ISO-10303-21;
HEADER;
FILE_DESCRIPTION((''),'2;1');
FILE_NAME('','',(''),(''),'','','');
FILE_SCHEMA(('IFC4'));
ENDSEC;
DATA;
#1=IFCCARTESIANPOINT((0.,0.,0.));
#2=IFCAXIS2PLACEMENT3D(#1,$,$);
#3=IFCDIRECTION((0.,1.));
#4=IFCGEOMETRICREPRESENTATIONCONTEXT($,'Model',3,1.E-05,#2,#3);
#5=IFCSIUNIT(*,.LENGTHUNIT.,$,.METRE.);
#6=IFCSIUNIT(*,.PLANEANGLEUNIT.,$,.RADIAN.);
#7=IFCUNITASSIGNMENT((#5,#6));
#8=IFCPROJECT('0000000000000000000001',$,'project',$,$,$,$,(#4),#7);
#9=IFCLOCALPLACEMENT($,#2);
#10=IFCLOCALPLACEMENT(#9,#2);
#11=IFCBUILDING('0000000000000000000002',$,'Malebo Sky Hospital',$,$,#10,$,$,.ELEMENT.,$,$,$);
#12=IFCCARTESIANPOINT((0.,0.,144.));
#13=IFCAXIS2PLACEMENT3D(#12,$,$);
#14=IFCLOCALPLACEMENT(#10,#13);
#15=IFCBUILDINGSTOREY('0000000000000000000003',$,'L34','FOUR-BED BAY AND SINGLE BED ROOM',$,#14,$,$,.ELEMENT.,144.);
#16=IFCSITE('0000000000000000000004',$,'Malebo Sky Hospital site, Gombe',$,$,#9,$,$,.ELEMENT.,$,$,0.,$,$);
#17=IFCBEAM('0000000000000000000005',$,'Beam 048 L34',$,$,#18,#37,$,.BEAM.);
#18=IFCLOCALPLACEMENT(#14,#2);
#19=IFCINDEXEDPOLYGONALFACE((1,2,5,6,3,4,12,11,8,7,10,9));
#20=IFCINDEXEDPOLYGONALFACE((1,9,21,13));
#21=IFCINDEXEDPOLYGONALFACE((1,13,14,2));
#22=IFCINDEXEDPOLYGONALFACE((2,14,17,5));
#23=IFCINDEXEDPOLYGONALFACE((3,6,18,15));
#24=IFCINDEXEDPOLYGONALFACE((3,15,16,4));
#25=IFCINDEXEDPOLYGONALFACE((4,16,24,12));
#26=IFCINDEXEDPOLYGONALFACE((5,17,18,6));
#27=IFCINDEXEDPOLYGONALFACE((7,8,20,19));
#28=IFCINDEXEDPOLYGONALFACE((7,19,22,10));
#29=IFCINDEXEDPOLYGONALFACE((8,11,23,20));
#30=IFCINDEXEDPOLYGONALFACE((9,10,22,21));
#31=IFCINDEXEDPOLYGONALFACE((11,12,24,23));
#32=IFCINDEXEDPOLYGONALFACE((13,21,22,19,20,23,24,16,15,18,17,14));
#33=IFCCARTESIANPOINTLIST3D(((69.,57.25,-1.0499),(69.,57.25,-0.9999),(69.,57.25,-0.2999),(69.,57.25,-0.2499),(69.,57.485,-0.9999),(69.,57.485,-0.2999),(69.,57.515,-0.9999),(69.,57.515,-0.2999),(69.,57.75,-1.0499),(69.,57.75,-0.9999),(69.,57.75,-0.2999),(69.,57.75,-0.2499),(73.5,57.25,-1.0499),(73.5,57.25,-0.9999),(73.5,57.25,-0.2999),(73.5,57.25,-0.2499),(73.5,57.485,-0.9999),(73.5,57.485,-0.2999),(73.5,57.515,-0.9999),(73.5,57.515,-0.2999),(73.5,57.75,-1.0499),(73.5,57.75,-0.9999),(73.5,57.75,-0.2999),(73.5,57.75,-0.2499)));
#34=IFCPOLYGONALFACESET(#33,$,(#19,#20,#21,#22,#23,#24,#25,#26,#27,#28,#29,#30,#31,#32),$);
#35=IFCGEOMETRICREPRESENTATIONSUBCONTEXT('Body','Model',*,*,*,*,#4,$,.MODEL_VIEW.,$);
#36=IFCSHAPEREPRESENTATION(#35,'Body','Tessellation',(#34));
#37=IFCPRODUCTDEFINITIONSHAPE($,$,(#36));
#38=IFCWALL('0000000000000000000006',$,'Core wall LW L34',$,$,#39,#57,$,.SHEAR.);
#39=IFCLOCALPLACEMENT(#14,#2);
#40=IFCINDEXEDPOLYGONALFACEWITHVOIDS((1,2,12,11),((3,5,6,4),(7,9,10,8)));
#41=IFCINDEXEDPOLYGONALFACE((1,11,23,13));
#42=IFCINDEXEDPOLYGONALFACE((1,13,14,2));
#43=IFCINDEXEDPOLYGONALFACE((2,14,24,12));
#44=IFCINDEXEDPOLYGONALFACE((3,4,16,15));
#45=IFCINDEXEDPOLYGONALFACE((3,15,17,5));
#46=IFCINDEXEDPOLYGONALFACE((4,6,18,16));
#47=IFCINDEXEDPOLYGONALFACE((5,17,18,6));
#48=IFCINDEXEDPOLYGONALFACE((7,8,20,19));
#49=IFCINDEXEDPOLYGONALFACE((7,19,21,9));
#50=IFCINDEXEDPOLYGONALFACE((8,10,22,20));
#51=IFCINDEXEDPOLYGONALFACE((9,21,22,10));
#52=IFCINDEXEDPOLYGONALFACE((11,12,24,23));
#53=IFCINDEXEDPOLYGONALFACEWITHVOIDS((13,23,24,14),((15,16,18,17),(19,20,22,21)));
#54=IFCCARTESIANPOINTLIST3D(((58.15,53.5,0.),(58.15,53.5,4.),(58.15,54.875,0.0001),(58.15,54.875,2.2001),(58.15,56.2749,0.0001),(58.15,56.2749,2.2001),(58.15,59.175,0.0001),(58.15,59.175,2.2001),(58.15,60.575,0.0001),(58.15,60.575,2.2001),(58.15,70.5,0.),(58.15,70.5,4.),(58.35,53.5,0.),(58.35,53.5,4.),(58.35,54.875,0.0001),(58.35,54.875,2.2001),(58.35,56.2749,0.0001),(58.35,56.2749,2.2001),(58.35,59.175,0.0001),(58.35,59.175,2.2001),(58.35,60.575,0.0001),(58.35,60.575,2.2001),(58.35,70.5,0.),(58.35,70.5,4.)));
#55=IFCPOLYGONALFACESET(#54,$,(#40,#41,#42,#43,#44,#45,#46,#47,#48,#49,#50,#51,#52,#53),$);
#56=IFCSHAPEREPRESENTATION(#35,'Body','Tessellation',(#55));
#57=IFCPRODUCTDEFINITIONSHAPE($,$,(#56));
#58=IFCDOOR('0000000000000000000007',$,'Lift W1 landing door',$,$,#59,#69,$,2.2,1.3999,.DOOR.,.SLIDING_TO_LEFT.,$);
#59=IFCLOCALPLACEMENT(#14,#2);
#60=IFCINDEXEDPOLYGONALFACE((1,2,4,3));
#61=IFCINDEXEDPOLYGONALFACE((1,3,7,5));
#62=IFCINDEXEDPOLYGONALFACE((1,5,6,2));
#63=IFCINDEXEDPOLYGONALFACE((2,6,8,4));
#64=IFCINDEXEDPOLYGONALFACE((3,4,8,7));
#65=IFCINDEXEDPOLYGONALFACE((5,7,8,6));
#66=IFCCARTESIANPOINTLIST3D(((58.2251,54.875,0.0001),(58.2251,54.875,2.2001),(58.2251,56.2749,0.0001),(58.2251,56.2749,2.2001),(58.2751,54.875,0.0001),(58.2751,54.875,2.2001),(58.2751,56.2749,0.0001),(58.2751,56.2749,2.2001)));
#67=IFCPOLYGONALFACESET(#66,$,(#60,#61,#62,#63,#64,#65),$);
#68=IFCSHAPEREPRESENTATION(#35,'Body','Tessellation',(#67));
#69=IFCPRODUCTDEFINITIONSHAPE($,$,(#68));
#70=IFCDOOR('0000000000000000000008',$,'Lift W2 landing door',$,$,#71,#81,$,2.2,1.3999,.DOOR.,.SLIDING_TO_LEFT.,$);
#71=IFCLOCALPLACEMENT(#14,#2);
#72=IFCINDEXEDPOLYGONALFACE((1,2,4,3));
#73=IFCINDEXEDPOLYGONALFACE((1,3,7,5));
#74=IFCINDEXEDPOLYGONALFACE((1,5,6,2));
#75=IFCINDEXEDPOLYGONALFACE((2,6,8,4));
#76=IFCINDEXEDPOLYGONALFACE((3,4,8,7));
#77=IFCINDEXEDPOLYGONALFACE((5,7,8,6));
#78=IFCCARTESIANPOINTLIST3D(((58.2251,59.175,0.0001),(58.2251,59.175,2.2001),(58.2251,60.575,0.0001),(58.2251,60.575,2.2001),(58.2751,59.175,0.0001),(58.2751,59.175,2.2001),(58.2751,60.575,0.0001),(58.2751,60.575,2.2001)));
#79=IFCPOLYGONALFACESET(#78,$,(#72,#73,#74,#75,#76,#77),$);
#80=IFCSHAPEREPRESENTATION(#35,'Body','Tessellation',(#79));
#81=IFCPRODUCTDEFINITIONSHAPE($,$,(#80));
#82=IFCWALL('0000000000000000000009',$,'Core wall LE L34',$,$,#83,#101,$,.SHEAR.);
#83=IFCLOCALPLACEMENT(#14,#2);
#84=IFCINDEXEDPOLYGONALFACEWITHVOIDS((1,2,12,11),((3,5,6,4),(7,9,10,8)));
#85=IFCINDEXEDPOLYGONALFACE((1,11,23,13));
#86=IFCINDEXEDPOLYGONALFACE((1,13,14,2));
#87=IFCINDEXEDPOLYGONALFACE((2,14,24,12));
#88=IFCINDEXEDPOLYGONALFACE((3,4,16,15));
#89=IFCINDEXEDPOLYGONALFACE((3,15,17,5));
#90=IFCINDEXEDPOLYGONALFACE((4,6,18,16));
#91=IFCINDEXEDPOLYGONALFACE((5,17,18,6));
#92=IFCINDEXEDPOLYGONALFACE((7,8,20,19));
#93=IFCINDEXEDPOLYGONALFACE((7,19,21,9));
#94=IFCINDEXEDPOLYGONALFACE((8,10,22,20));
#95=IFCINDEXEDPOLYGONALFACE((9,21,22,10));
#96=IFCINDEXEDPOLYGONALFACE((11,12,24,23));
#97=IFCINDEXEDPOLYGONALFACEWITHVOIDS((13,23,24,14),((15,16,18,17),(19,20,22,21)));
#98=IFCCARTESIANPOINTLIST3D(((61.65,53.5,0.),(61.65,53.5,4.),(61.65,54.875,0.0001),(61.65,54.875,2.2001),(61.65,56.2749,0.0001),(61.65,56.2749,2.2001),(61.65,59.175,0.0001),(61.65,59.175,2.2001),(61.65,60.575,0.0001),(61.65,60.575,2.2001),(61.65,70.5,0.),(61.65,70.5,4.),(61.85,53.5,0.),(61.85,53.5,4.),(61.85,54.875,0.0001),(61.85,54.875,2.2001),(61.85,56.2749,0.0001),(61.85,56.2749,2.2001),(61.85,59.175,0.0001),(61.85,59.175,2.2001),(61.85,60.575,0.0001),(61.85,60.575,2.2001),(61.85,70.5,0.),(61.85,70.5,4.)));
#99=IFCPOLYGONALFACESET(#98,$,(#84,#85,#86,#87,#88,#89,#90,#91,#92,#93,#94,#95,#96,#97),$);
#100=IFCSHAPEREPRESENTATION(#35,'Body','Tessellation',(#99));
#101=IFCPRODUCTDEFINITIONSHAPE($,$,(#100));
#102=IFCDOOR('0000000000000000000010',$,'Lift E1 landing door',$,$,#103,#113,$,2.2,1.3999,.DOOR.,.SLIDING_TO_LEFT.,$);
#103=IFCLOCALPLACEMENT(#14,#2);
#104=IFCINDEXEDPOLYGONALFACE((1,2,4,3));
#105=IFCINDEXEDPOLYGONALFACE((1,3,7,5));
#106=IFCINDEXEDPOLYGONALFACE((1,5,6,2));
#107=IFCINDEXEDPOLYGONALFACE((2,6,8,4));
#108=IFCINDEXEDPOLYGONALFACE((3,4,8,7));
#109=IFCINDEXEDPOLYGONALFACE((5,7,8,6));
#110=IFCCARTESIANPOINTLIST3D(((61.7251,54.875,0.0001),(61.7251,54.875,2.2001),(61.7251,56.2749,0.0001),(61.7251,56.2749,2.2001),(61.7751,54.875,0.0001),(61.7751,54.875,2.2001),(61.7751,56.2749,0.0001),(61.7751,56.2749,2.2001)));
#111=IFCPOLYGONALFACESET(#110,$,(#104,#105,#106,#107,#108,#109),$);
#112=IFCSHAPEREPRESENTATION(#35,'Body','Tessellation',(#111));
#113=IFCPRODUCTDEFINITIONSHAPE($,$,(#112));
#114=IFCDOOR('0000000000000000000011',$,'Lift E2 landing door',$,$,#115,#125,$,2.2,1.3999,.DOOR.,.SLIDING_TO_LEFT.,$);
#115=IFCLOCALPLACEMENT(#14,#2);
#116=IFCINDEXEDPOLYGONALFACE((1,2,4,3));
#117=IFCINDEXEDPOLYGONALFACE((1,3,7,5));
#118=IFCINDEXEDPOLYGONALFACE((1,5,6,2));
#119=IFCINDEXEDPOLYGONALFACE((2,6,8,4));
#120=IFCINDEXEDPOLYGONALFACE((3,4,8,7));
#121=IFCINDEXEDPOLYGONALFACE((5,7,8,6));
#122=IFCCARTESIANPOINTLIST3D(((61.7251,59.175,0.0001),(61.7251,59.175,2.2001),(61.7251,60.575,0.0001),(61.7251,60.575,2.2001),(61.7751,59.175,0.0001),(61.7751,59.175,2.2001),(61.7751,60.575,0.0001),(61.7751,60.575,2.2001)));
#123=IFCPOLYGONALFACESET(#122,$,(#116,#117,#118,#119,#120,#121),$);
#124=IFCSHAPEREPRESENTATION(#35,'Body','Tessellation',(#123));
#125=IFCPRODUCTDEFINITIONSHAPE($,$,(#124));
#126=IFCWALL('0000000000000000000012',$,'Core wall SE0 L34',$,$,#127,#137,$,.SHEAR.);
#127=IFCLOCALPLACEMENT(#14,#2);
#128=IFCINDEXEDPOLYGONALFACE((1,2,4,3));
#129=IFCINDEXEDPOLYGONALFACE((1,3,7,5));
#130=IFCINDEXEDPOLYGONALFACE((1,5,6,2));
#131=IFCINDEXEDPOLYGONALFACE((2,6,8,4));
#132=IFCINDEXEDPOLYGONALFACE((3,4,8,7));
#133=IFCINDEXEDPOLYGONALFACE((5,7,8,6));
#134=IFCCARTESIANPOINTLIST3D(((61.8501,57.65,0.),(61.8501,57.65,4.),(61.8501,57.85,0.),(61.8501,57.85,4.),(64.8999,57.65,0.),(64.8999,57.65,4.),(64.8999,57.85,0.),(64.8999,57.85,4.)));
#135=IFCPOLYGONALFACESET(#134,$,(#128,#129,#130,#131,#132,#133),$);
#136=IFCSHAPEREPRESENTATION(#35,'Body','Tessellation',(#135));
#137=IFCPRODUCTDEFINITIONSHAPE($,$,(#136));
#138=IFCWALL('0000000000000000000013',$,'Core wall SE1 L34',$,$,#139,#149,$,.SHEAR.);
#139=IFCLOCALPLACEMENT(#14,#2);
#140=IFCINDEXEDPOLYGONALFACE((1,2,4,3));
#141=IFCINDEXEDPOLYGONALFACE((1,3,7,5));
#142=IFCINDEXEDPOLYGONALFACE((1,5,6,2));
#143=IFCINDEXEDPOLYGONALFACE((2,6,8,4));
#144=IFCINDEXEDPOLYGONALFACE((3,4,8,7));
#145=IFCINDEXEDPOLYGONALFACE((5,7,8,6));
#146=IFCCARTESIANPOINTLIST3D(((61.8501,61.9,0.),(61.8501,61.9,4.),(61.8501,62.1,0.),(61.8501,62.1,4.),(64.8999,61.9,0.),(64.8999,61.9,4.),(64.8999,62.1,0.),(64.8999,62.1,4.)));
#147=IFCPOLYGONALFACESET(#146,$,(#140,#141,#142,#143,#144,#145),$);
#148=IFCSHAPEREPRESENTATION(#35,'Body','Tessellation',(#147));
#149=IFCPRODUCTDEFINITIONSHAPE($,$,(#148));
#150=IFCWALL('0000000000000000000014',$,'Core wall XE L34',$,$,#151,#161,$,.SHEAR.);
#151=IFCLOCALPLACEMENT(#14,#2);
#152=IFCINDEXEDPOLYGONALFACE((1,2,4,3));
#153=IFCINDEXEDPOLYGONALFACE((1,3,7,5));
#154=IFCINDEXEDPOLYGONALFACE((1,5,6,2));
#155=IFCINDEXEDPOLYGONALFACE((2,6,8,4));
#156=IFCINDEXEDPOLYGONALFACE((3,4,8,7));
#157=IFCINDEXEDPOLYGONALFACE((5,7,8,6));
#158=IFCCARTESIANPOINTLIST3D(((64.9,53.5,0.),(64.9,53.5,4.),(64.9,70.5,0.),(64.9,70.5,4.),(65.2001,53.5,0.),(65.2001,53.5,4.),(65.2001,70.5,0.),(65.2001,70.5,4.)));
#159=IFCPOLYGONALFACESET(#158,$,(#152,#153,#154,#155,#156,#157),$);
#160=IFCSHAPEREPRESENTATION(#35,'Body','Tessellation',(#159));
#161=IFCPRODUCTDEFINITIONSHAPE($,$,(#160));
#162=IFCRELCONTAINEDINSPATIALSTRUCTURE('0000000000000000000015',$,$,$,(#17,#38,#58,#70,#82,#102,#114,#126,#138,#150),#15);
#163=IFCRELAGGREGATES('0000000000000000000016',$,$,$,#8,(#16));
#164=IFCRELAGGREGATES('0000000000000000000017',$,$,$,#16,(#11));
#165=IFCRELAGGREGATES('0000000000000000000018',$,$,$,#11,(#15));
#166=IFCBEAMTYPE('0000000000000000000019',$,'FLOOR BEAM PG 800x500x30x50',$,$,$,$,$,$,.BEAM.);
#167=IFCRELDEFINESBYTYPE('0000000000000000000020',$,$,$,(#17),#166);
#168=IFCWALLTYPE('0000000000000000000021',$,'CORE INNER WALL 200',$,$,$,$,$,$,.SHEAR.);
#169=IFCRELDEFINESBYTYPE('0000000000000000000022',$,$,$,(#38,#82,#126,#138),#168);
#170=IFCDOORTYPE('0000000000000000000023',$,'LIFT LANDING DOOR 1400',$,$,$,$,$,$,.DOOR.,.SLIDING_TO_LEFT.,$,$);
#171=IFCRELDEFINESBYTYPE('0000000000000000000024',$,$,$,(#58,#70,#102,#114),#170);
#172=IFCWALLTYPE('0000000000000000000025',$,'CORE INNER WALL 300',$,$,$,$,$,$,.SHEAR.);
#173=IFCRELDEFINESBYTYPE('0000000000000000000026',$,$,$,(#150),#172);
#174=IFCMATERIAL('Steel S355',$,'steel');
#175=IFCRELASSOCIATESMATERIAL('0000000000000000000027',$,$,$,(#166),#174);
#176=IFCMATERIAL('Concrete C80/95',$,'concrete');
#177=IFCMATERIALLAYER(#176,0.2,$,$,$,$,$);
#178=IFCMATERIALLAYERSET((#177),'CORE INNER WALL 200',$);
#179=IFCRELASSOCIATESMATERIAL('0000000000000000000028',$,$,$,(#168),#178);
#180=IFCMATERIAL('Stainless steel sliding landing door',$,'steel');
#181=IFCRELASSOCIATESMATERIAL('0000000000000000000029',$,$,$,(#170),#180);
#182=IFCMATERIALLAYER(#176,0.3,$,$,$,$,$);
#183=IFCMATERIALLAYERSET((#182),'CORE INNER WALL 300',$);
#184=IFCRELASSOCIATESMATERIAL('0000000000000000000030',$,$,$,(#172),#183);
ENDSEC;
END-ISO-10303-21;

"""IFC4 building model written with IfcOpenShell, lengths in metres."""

from ifc_helpers import new_model, si_unit, direction, frame, frame_2d, origin, origin_2d, place, context, subcontext, project, spatial, rectangle, i_section, extrude, material, layer, layer_set, material_profile, profile_set, type_object, element, fill, save


model = new_model("IFC4")

# Units and contexts
model_context = context("Model", 3, precision=1e-05, world=origin(), true_north=direction((0.0, 1.0)))
body_context = subcontext(model_context, "Body", "Model", "MODEL_VIEW")
ifc_project = project(units=[si_unit("LENGTHUNIT", "METRE"), si_unit("PLANEANGLEUNIT", "RADIAN")], contexts=[model_context])

# Site, building, storey
site_placement = place(None, origin())
site = spatial("IfcSite", under=ifc_project, at=site_placement, Name="Malebo Sky Hospital site, Gombe", CompositionType="ELEMENT", RefElevation=0.0)
building_placement = place(site_placement, origin())
building = spatial("IfcBuilding", under=site, at=building_placement, Name="Malebo Sky Hospital", CompositionType="ELEMENT")
storey_placement = place(building_placement, frame((0.0, 0.0, 144.0)))
storey = spatial("IfcBuildingStorey", under=building, at=storey_placement, Name="L34", Description="FOUR-BED BAY AND SINGLE BED ROOM", CompositionType="ELEMENT", Elevation=144.0)

# Beam
ifc_material_1 = material(Name="Steel S355", Category="steel")
ifc_material_profile = material_profile(ifc_material_1, i_section(OverallWidth=0.5, OverallDepth=0.8, WebThickness=0.03, FlangeThickness=0.05, at=origin_2d()), Name="PG 800x500x30x50")
ifc_profile_set = profile_set([ifc_material_profile], Name="Steel S355")
beam_type = type_object("IfcBeamType", Name="FLOOR BEAM PG 800x500x30x50", PredefinedType="BEAM", material=ifc_profile_set)
beam_placement = place(storey_placement, frame((69.0, 57.5, -0.6499), z_axis=(1.0, 0.0, 0.0), x_axis=(0.0, 1.0, 0.0)))
element("IfcBeam", 1, at=beam_placement, inside=storey, type_object=beam_type, Name="Beam 048 L34", PredefinedType="BEAM", context=body_context, shape_type="SweptSolid", body=[
    extrude(i_section(OverallWidth=0.5, OverallDepth=0.8, WebThickness=0.03, FlangeThickness=0.05, at=origin_2d()), origin(), (0.0, 0.0, 1.0), 4.5),
])

# Walls, openings, doors
ifc_material_2 = material(Name="Concrete C80/95", Category="concrete")
ifc_layer_1 = layer(ifc_material_2, 0.2)
ifc_layer_set_1 = layer_set([ifc_layer_1], Name="CORE INNER WALL 200")
wall_type_1 = type_object("IfcWallType", Name="CORE INNER WALL 200", PredefinedType="SHEAR", material=ifc_layer_set_1)
wall_1_placement = place(storey_placement, frame((58.25, 53.5, 0.0), z_axis=(0.0, 0.0, 1.0), x_axis=(0.0, 1.0, 0.0)))
wall_1 = element("IfcWall", 2, at=wall_1_placement, inside=storey, type_object=wall_type_1, Name="Core wall LW L34", PredefinedType="SHEAR", context=body_context, shape_type="SweptSolid", body=[
    extrude(rectangle(XDim=17.0, YDim=0.2, at=frame_2d((8.5, 0.0))), origin(), (0.0, 0.0, 1.0), 4.0),
])
opening_1_placement = place(wall_1_placement, frame((1.375, 0.0, 0.0)))
opening_1 = element("IfcOpeningElement", 3, at=opening_1_placement, cuts=wall_1, PredefinedType="OPENING", context=body_context, shape_type="SweptSolid", body=[
    extrude(rectangle(XDim=1.3999, YDim=2.2, at=frame_2d((0.7, 1.1001))), frame((0.0, 0.1099, 0.0), z_axis=(0.0, -1.0, 0.0), x_axis=(1.0, 0.0, 0.0)), (0.0, 0.0, 1.0), 0.22),
])
opening_2_placement = place(wall_1_placement, frame((5.675, 0.0, 0.0)))
opening_2 = element("IfcOpeningElement", 4, at=opening_2_placement, cuts=wall_1, PredefinedType="OPENING", context=body_context, shape_type="SweptSolid", body=[
    extrude(rectangle(XDim=1.3999, YDim=2.2, at=frame_2d((0.7, 1.1001))), frame((0.0, 0.1099, 0.0), z_axis=(0.0, -1.0, 0.0), x_axis=(1.0, 0.0, 0.0)), (0.0, 0.0, 1.0), 0.22),
])
ifc_material_3 = material(Name="Stainless steel sliding landing door", Category="steel")
door_type_1 = type_object("IfcDoorType", Name="LIFT LANDING DOOR 1400", OperationType="SLIDING_TO_LEFT", PredefinedType="DOOR", material=ifc_material_3)
door_1_placement = place(opening_1_placement, origin())
door_1 = element("IfcDoor", 5, at=door_1_placement, inside=storey, type_object=door_type_1, Name="Lift W1 landing door", OperationType="SLIDING_TO_LEFT", OverallHeight=2.2, OverallWidth=1.3999, PredefinedType="DOOR", context=body_context, shape_type="SweptSolid", body=[
    extrude(rectangle(XDim=1.3999, YDim=2.2, at=frame_2d((0.7, 1.1001))), frame((0.0, 0.0249, 0.0), z_axis=(0.0, -1.0, 0.0), x_axis=(1.0, 0.0, 0.0)), (0.0, 0.0, 1.0), 0.05),
])
fill(opening_1, door_1)
door_2_placement = place(opening_2_placement, origin())
door_2 = element("IfcDoor", 6, at=door_2_placement, inside=storey, type_object=door_type_1, Name="Lift W2 landing door", OperationType="SLIDING_TO_LEFT", OverallHeight=2.2, OverallWidth=1.3999, PredefinedType="DOOR", context=body_context, shape_type="SweptSolid", body=[
    extrude(rectangle(XDim=1.3999, YDim=2.2, at=frame_2d((0.7, 1.1001))), frame((0.0, 0.0249, 0.0), z_axis=(0.0, -1.0, 0.0), x_axis=(1.0, 0.0, 0.0)), (0.0, 0.0, 1.0), 0.05),
])
fill(opening_2, door_2)
wall_2_placement = place(storey_placement, frame((61.75, 53.5, 0.0), z_axis=(0.0, 0.0, 1.0), x_axis=(0.0, 1.0, 0.0)))
wall_2 = element("IfcWall", 7, at=wall_2_placement, inside=storey, type_object=wall_type_1, Name="Core wall LE L34", PredefinedType="SHEAR", context=body_context, shape_type="SweptSolid", body=[
    extrude(rectangle(XDim=17.0, YDim=0.2, at=frame_2d((8.5, 0.0))), origin(), (0.0, 0.0, 1.0), 4.0),
])
opening_3_placement = place(wall_2_placement, frame((1.375, 0.0, 0.0)))
opening_3 = element("IfcOpeningElement", 8, at=opening_3_placement, cuts=wall_2, PredefinedType="OPENING", context=body_context, shape_type="SweptSolid", body=[
    extrude(rectangle(XDim=1.3999, YDim=2.2, at=frame_2d((0.7, 1.1001))), frame((0.0, 0.1099, 0.0), z_axis=(0.0, -1.0, 0.0), x_axis=(1.0, 0.0, 0.0)), (0.0, 0.0, 1.0), 0.22),
])
opening_4_placement = place(wall_2_placement, frame((5.675, 0.0, 0.0)))
opening_4 = element("IfcOpeningElement", 9, at=opening_4_placement, cuts=wall_2, PredefinedType="OPENING", context=body_context, shape_type="SweptSolid", body=[
    extrude(rectangle(XDim=1.3999, YDim=2.2, at=frame_2d((0.7, 1.1001))), frame((0.0, 0.1099, 0.0), z_axis=(0.0, -1.0, 0.0), x_axis=(1.0, 0.0, 0.0)), (0.0, 0.0, 1.0), 0.22),
])
door_3_placement = place(opening_3_placement, origin())
door_3 = element("IfcDoor", 10, at=door_3_placement, inside=storey, type_object=door_type_1, Name="Lift E1 landing door", OperationType="SLIDING_TO_LEFT", OverallHeight=2.2, OverallWidth=1.3999, PredefinedType="DOOR", context=body_context, shape_type="SweptSolid", body=[
    extrude(rectangle(XDim=1.3999, YDim=2.2, at=frame_2d((0.7, 1.1001))), frame((0.0, 0.0249, 0.0), z_axis=(0.0, -1.0, 0.0), x_axis=(1.0, 0.0, 0.0)), (0.0, 0.0, 1.0), 0.05),
])
fill(opening_3, door_3)
door_4_placement = place(opening_4_placement, origin())
door_4 = element("IfcDoor", 11, at=door_4_placement, inside=storey, type_object=door_type_1, Name="Lift E2 landing door", OperationType="SLIDING_TO_LEFT", OverallHeight=2.2, OverallWidth=1.3999, PredefinedType="DOOR", context=body_context, shape_type="SweptSolid", body=[
    extrude(rectangle(XDim=1.3999, YDim=2.2, at=frame_2d((0.7, 1.1001))), frame((0.0, 0.0249, 0.0), z_axis=(0.0, -1.0, 0.0), x_axis=(1.0, 0.0, 0.0)), (0.0, 0.0, 1.0), 0.05),
])
fill(opening_4, door_4)

# Walls
for number, where, z_axis, x_axis, name in (
    (12, (61.8501, 57.75, 0.0), (0.0, 0.0, 1.0), (1.0, 0.0, 0.0), "Core wall SE0 L34"),
    (13, (61.8501, 62.0, 0.0), (0.0, 0.0, 1.0), (1.0, 0.0, 0.0), "Core wall SE1 L34"),
):
    element("IfcWall", number, at=place(storey_placement, frame(where, z_axis=z_axis, x_axis=x_axis)), inside=storey, type_object=wall_type_1, Name=name, PredefinedType="SHEAR", context=body_context, shape_type="SweptSolid", body=[
        extrude(rectangle(XDim=3.0498, YDim=0.2, at=frame_2d((1.5249, 0.0))), origin(), (0.0, 0.0, 1.0), 4.0),
    ])
ifc_layer_2 = layer(ifc_material_2, 0.3)
ifc_layer_set_2 = layer_set([ifc_layer_2], Name="CORE INNER WALL 300")
wall_type_2 = type_object("IfcWallType", Name="CORE INNER WALL 300", PredefinedType="SHEAR", material=ifc_layer_set_2)
wall_3_placement = place(storey_placement, frame((65.05, 53.5, 0.0), z_axis=(0.0, 0.0, 1.0), x_axis=(0.0, 1.0, 0.0)))
element("IfcWall", 14, at=wall_3_placement, inside=storey, type_object=wall_type_2, Name="Core wall XE L34", PredefinedType="SHEAR", context=body_context, shape_type="SweptSolid", body=[
    extrude(rectangle(XDim=17.0, YDim=0.3, at=frame_2d((8.5, 0.0))), origin(), (0.0, 0.0, 1.0), 4.0),
])

save(model, "model.ifc")
